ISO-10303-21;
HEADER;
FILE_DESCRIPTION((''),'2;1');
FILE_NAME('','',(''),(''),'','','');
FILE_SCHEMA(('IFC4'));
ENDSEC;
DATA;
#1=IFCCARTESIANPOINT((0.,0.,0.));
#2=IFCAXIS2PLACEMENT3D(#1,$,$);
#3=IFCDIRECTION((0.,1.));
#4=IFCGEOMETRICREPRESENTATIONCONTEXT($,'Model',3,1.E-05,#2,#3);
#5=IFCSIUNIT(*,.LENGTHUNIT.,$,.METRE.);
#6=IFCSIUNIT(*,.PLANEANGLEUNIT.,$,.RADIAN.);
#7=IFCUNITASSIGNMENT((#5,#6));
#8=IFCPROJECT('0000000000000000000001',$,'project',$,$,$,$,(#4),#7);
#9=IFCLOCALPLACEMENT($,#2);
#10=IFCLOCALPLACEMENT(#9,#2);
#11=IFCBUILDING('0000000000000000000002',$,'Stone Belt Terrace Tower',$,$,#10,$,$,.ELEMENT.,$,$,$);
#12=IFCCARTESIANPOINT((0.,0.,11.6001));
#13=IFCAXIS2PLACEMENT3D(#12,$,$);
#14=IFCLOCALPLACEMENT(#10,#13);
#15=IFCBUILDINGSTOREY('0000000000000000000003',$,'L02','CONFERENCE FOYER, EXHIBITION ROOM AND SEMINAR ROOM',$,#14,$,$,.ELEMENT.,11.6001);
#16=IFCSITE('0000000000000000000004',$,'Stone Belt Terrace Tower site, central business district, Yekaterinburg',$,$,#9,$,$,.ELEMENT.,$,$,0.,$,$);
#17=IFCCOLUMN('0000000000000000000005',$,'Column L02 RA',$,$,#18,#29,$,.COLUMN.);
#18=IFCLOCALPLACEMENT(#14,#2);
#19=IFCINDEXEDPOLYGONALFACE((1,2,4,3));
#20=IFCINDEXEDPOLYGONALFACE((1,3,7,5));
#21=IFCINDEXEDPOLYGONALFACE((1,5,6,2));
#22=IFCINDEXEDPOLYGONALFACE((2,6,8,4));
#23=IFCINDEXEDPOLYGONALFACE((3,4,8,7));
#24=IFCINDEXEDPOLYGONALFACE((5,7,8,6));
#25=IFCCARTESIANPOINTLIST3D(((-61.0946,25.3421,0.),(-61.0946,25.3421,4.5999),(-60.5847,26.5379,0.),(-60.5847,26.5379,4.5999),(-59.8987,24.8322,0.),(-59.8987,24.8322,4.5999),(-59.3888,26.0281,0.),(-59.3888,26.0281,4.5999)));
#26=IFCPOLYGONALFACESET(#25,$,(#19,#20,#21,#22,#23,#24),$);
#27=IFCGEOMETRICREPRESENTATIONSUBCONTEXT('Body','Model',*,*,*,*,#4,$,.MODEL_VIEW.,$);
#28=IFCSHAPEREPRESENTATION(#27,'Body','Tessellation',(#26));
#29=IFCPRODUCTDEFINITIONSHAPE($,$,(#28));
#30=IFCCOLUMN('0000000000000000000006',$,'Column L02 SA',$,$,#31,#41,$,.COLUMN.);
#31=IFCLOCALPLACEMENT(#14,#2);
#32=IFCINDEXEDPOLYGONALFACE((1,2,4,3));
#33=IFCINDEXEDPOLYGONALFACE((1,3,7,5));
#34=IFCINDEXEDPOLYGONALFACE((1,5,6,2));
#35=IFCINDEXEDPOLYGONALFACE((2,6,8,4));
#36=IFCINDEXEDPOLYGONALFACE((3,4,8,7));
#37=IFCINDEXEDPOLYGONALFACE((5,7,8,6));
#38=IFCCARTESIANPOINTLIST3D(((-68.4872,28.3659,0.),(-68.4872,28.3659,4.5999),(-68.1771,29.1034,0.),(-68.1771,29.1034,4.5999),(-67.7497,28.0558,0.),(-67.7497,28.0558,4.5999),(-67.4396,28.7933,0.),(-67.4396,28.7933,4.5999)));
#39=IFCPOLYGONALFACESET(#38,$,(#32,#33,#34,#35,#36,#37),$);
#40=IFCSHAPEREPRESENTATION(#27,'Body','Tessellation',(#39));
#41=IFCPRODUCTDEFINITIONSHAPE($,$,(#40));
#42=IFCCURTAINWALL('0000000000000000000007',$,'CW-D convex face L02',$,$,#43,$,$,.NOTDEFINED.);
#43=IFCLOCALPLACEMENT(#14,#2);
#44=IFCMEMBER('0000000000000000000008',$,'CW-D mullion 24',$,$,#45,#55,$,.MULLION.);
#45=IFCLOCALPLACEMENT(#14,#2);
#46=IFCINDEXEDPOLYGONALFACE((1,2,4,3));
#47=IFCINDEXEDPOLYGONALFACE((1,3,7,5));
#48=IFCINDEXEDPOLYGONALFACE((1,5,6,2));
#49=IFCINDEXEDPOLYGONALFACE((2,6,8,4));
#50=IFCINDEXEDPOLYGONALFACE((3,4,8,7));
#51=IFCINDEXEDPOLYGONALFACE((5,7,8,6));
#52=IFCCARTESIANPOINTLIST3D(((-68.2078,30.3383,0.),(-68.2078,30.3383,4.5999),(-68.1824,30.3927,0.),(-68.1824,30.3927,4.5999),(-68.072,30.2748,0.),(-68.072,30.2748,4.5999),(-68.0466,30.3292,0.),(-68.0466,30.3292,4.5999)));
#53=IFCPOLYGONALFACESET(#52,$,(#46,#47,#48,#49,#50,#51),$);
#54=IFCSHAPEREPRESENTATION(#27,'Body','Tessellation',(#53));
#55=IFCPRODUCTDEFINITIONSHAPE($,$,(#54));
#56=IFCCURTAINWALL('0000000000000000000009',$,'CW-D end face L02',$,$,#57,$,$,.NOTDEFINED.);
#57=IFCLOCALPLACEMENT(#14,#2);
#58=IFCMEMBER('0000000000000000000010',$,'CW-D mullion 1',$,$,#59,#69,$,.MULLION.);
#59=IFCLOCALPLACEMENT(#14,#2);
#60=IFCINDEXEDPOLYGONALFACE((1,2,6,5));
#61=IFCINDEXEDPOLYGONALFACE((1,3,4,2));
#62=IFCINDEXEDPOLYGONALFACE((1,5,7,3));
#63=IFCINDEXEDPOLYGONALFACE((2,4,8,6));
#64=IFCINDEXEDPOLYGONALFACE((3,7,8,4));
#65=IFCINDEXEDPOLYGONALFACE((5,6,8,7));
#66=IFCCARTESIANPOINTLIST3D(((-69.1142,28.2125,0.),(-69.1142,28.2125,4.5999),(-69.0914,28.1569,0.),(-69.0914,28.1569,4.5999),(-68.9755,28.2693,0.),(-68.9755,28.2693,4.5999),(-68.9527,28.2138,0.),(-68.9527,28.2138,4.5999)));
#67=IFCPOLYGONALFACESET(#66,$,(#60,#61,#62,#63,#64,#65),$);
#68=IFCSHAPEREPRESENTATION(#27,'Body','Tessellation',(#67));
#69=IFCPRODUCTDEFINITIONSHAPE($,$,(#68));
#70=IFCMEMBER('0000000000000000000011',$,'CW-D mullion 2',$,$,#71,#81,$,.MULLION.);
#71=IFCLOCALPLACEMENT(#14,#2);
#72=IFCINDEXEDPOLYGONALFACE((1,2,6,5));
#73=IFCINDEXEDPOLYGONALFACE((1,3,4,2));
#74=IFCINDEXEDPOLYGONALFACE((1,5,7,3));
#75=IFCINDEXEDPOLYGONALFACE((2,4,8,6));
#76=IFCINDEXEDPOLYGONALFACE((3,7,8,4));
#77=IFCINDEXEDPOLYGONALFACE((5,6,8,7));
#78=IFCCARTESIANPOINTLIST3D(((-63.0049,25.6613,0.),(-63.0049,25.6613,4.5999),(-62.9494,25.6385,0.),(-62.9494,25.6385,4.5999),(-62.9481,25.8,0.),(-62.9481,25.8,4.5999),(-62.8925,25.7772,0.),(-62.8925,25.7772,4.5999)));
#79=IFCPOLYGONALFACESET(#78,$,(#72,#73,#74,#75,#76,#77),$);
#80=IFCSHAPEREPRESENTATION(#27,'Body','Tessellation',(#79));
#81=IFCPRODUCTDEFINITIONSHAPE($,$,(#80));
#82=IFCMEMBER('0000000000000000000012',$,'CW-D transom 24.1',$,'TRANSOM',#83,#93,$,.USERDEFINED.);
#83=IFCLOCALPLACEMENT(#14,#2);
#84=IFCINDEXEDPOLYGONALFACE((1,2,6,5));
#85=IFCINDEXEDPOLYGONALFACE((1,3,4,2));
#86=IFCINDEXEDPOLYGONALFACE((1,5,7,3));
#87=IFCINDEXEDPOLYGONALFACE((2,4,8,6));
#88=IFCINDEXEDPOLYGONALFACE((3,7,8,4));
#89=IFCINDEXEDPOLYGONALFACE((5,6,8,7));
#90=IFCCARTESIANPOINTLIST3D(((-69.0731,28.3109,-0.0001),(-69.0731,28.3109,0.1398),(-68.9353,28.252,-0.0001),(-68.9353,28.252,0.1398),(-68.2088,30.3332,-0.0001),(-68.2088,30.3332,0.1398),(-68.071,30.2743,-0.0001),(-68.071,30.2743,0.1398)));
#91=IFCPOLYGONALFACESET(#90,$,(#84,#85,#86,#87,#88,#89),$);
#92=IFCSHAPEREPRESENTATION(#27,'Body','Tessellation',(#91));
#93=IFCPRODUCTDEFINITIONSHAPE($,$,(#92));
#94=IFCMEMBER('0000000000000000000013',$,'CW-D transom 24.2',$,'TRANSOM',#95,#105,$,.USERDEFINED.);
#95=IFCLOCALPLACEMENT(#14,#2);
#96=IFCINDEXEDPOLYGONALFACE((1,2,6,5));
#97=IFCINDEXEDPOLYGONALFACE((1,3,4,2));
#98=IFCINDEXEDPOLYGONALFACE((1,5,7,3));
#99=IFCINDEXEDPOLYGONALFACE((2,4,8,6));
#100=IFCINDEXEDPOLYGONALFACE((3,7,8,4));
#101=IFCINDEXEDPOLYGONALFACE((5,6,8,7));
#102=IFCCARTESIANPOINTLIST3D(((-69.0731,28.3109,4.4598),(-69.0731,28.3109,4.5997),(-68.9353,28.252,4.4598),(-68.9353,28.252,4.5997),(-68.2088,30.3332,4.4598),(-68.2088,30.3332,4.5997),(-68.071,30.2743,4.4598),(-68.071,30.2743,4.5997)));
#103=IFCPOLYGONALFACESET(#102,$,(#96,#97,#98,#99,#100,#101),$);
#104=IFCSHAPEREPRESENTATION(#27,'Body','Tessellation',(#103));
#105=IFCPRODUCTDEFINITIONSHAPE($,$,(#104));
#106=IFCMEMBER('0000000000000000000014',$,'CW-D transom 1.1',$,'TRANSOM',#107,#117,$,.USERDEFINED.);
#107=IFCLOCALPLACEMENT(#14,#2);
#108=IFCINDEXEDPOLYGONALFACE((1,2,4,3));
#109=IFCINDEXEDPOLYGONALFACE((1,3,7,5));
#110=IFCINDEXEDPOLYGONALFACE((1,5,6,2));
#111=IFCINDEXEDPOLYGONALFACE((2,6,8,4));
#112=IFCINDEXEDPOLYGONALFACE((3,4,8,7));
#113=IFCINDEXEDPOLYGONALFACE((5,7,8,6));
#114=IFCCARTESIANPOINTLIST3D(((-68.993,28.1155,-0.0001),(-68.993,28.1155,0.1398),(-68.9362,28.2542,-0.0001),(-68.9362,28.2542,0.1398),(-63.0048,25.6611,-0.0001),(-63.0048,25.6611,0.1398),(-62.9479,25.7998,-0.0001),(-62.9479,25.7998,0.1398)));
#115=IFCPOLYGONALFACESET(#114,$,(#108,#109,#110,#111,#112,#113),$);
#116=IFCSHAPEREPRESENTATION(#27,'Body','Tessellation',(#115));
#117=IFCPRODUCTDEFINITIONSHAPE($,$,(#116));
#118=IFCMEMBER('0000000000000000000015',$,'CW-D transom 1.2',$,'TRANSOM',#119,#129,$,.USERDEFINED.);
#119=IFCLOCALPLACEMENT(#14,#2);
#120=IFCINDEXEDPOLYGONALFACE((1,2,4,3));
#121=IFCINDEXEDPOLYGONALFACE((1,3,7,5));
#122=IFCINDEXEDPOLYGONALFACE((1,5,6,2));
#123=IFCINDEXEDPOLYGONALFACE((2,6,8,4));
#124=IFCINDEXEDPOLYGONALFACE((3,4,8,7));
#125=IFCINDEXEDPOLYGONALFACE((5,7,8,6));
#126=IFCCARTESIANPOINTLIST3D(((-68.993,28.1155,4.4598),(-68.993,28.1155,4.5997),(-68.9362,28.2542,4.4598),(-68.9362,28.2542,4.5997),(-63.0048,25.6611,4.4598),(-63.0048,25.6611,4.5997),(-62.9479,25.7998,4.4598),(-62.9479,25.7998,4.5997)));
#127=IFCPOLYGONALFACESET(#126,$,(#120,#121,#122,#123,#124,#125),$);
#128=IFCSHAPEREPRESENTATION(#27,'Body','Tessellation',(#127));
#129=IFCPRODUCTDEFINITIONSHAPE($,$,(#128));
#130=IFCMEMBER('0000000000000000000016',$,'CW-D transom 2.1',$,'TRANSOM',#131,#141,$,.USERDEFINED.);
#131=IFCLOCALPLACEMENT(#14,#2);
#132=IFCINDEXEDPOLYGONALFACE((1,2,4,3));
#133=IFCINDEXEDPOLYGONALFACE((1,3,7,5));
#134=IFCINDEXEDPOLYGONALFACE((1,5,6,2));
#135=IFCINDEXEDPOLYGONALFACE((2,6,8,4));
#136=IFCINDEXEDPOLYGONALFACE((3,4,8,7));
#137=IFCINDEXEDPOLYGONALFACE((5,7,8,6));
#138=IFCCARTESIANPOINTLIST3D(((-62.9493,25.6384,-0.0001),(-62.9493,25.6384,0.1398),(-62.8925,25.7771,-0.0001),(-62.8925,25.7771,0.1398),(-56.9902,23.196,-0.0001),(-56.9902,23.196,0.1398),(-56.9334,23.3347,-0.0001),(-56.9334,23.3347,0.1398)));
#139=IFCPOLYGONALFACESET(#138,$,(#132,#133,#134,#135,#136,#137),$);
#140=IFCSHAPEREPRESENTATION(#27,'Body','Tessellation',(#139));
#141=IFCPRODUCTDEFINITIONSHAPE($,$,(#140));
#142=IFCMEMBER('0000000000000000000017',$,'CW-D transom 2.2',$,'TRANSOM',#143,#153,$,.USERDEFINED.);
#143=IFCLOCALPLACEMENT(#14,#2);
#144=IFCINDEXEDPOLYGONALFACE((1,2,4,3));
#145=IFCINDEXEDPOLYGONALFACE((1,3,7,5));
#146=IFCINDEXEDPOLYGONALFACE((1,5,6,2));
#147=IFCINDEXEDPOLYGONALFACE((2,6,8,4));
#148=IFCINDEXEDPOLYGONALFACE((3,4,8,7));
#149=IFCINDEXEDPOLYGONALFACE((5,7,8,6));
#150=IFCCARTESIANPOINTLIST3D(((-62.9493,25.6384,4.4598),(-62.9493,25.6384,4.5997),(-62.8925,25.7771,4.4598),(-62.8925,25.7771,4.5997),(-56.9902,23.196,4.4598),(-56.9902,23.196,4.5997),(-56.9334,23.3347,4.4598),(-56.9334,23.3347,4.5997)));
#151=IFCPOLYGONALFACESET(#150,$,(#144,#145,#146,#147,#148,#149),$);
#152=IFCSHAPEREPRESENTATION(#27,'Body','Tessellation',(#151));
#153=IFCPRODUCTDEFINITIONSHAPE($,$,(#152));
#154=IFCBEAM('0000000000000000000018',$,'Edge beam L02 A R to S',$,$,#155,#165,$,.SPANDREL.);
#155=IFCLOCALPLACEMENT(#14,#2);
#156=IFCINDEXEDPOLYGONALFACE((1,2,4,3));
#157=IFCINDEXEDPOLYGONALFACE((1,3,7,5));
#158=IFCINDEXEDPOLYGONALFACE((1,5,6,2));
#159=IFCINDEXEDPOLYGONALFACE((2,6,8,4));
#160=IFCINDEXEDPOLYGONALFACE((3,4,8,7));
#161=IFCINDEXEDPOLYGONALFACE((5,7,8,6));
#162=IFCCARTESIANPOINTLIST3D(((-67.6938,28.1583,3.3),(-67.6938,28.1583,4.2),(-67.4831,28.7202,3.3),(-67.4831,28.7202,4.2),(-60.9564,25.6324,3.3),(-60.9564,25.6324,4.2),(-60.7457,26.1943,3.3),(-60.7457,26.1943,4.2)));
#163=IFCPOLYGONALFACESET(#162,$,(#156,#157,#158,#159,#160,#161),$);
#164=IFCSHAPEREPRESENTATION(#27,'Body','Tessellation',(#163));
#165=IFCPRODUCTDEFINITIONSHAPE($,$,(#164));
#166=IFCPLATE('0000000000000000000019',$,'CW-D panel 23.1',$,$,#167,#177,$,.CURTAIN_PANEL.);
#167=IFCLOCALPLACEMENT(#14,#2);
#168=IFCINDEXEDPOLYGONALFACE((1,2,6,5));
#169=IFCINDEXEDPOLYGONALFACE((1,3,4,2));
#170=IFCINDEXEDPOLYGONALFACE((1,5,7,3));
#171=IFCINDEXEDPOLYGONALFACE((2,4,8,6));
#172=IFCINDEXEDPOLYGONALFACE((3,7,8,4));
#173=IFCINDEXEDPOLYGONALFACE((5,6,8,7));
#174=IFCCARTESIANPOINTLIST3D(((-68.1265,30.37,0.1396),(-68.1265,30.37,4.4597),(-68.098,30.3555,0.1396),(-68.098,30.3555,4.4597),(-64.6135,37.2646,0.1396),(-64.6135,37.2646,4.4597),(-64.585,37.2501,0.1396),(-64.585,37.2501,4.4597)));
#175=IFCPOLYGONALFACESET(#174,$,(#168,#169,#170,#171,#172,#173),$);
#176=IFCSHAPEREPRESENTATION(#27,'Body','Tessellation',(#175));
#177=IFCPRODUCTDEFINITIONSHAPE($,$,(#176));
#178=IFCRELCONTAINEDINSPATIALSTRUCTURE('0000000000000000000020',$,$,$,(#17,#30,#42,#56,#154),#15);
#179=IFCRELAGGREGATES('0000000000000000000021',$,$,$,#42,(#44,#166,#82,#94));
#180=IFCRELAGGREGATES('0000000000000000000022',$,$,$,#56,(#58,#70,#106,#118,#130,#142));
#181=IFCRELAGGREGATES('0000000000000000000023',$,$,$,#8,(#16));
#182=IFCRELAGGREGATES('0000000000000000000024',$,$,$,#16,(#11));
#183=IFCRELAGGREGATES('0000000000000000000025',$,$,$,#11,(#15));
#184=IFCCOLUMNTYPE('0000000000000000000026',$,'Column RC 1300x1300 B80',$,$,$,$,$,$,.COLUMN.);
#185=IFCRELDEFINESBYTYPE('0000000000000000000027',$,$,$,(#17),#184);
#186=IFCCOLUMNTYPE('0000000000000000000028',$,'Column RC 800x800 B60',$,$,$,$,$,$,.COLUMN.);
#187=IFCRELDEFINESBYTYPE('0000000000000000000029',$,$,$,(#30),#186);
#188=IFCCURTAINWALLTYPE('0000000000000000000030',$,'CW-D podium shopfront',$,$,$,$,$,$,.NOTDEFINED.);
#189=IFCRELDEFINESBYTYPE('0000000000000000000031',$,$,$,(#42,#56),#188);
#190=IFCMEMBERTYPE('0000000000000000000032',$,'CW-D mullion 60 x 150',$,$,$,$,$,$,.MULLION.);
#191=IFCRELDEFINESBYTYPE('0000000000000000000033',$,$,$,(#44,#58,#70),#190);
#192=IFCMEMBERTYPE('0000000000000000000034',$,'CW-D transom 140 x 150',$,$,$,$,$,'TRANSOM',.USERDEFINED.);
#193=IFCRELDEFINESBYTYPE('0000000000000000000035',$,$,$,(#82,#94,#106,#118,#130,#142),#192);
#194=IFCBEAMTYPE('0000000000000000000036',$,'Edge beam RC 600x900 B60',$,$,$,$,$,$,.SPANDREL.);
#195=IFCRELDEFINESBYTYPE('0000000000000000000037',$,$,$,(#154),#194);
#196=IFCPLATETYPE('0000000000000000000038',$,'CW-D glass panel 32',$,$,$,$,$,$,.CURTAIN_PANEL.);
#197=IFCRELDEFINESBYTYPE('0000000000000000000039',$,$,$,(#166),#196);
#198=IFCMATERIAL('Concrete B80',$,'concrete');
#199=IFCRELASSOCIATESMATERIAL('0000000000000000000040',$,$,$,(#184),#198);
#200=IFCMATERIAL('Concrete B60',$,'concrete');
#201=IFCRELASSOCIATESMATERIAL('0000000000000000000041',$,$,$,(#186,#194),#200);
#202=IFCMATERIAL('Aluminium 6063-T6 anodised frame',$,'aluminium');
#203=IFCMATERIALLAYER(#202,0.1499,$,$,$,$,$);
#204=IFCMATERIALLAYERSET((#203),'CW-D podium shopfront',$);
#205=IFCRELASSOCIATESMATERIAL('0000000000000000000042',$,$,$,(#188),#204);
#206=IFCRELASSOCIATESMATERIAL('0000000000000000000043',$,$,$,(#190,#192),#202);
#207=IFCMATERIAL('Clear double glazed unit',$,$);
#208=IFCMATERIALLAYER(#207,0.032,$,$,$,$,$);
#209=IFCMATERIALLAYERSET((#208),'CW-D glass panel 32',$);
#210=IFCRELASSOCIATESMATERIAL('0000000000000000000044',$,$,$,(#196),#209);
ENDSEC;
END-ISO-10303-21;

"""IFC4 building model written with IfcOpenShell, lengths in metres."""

from ifc_helpers import new_model, si_unit, direction, frame, origin, origin_2d, place, context, subcontext, project, spatial, rectangle, extrude, material, layer, layer_set, material_profile, profile_set, type_object, element, aggregate, save


model = new_model("IFC4")

# Units and contexts
model_context = context("Model", 3, precision=1e-05, world=origin(), true_north=direction((0.0, 1.0)))
body_context = subcontext(model_context, "Body", "Model", "MODEL_VIEW")
ifc_project = project(units=[si_unit("LENGTHUNIT", "METRE"), si_unit("PLANEANGLEUNIT", "RADIAN")], contexts=[model_context])

# Site, building, storey
site_placement = place(None, origin())
site = spatial("IfcSite", under=ifc_project, at=site_placement, Name="Stone Belt Terrace Tower site, central business district, Yekaterinburg", CompositionType="ELEMENT", RefElevation=0.0)
building_placement = place(site_placement, origin())
building = spatial("IfcBuilding", under=site, at=building_placement, Name="Stone Belt Terrace Tower", CompositionType="ELEMENT")
storey_placement = place(building_placement, frame((0.0, 0.0, 11.6001)))
storey = spatial("IfcBuildingStorey", under=building, at=storey_placement, Name="L02", Description="CONFERENCE FOYER, EXHIBITION ROOM AND SEMINAR ROOM", CompositionType="ELEMENT", Elevation=11.6001)

# Columns
ifc_material_1 = material(Name="Concrete B80", Category="concrete")
ifc_material_profile_1 = material_profile(ifc_material_1, rectangle(XDim=1.3, YDim=1.3, at=origin_2d()), Name="RC 1300x1300")
ifc_profile_set_1 = profile_set([ifc_material_profile_1], Name="Concrete B80")
column_type_1 = type_object("IfcColumnType", Name="Column RC 1300x1300 B80", PredefinedType="COLUMN", material=ifc_profile_set_1)
column_1_placement = place(storey_placement, frame((-60.2417, 25.6851, 0.0), z_axis=(0.0, 0.0, 1.0), x_axis=(0.392204, 0.919878, 0.0)))
element("IfcColumn", 1, at=column_1_placement, inside=storey, type_object=column_type_1, Name="Column L02 RA", PredefinedType="COLUMN", context=body_context, shape_type="SweptSolid", body=[
    extrude(rectangle(XDim=1.3, YDim=1.3, at=origin_2d()), origin(), (0.0, 0.0, 1.0), 4.5999),
])
ifc_material_2 = material(Name="Concrete B60", Category="concrete")
ifc_material_profile_2 = material_profile(ifc_material_2, rectangle(XDim=0.8, YDim=0.8, at=origin_2d()), Name="RC 800x800")
ifc_profile_set_2 = profile_set([ifc_material_profile_2], Name="Concrete B60")
column_type_2 = type_object("IfcColumnType", Name="Column RC 800x800 B60", PredefinedType="COLUMN", material=ifc_profile_set_2)
column_2_placement = place(storey_placement, frame((-67.9634, 28.5796, 0.0), z_axis=(0.0, 0.0, 1.0), x_axis=(0.387636, 0.921812, 0.0)))
element("IfcColumn", 2, at=column_2_placement, inside=storey, type_object=column_type_2, Name="Column L02 SA", PredefinedType="COLUMN", context=body_context, shape_type="SweptSolid", body=[
    extrude(rectangle(XDim=0.8, YDim=0.8, at=origin_2d()), origin(), (0.0, 0.0, 1.0), 4.5999),
])

# Curtain wall, member
ifc_material_3 = material(Name="Aluminium 6063-T6 anodised frame", Category="aluminium")
ifc_layer_1 = layer(ifc_material_3, 0.1499)
ifc_layer_set_1 = layer_set([ifc_layer_1], Name="CW-D podium shopfront")
curtain_wall_type = type_object("IfcCurtainWallType", Name="CW-D podium shopfront", PredefinedType="NOTDEFINED", material=ifc_layer_set_1)
curtain_wall_1_placement = place(storey_placement, origin())
curtain_wall_1 = element("IfcCurtainWall", 3, at=curtain_wall_1_placement, inside=storey, type_object=curtain_wall_type, Name="CW-D convex face L02", PredefinedType="NOTDEFINED")
ifc_material_profile_3 = material_profile(ifc_material_3, rectangle(XDim=0.1499, YDim=0.0601, at=origin_2d()), Name="Aluminium 6063-T6 60x150")
ifc_profile_set_3 = profile_set([ifc_material_profile_3], Name="Aluminium 6063-T6 anodised frame")
member_type_1 = type_object("IfcMemberType", Name="CW-D mullion 60 x 150", PredefinedType="MULLION", material=ifc_profile_set_3)
member_1_placement = place(storey_placement, frame((-68.1272, 30.3337, 0.0), z_axis=(0.0, 0.0, 1.0), x_axis=(0.905778, -0.423752, 0.0)))
member_1 = element("IfcMember", 4, at=member_1_placement, type_object=member_type_1, Name="CW-D mullion 24", PredefinedType="MULLION", context=body_context, shape_type="SweptSolid", body=[
    extrude(rectangle(XDim=0.1499, YDim=0.0601, at=origin_2d()), origin(), (0.0, 0.0, 1.0), 4.5999),
])

# Curtain wall, members
curtain_wall_2_placement = place(storey_placement, origin())
curtain_wall_2 = element("IfcCurtainWall", 5, at=curtain_wall_2_placement, inside=storey, type_object=curtain_wall_type, Name="CW-D end face L02", PredefinedType="NOTDEFINED")
member_2_placement = place(storey_placement, frame((-69.0334, 28.2131, 0.0), z_axis=(0.0, 0.0, 1.0), x_axis=(0.92531, 0.379212, 0.0)))
member_2 = element("IfcMember", 6, at=member_2_placement, type_object=member_type_1, Name="CW-D mullion 1", PredefinedType="MULLION", context=body_context, shape_type="SweptSolid", body=[
    extrude(rectangle(XDim=0.1499, YDim=0.0601, at=origin_2d()), origin(), (0.0, 0.0, 1.0), 4.5999),
])
member_3_placement = place(storey_placement, frame((-62.9487, 25.7192, 0.0), z_axis=(0.0, 0.0, 1.0), x_axis=(0.379243, 0.925297, 0.0)))
member_3 = element("IfcMember", 7, at=member_3_placement, type_object=member_type_1, Name="CW-D mullion 2", PredefinedType="MULLION", context=body_context, shape_type="SweptSolid", body=[
    extrude(rectangle(XDim=0.1499, YDim=0.0601, at=origin_2d()), origin(), (0.0, 0.0, 1.0), 4.5999),
])

# Members
ifc_material_profile_4 = material_profile(ifc_material_3, rectangle(XDim=0.1499, YDim=0.1399, at=origin_2d()), Name="Aluminium 6063-T6 150x140")
ifc_profile_set_4 = profile_set([ifc_material_profile_4], Name="Aluminium 6063-T6 anodised frame")
member_type_2 = type_object("IfcMemberType", Name="CW-D transom 140 x 150", ElementType="TRANSOM", PredefinedType="USERDEFINED", material=ifc_profile_set_4)
member_4_placement = place(storey_placement, frame((-68.1399, 30.3037, 0.0698), z_axis=(-0.392995, -0.919541, 0.0), x_axis=(0.919541, -0.392995, 0.0)))
member_4 = element("IfcMember", 8, at=member_4_placement, type_object=member_type_2, Name="CW-D transom 24.1", ObjectType="TRANSOM", PredefinedType="USERDEFINED", context=body_context, shape_type="SweptSolid", body=[
    extrude(rectangle(XDim=0.1499, YDim=0.1399, at=origin_2d()), origin(), (0.0, 0.0, 1.0), 2.1992),
])
member_5_placement = place(storey_placement, frame((-68.1399, 30.3037, 4.5298), z_axis=(-0.392995, -0.919541, 0.0), x_axis=(0.919541, -0.392995, 0.0)))
member_5 = element("IfcMember", 9, at=member_5_placement, type_object=member_type_2, Name="CW-D transom 24.2", ObjectType="TRANSOM", PredefinedType="USERDEFINED", context=body_context, shape_type="SweptSolid", body=[
    extrude(rectangle(XDim=0.1499, YDim=0.1399, at=origin_2d()), origin(), (0.0, 0.0, 1.0), 2.1992),
])
member_6_placement = place(storey_placement, frame((-68.9646, 28.1848, 0.0698), z_axis=(0.925298, -0.379241, 0.0), x_axis=(0.379241, 0.925298, 0.0)))
member_6 = element("IfcMember", 10, at=member_6_placement, type_object=member_type_2, Name="CW-D transom 1.1", ObjectType="TRANSOM", PredefinedType="USERDEFINED", context=body_context, shape_type="SweptSolid", body=[
    extrude(rectangle(XDim=0.1499, YDim=0.1399, at=origin_2d()), origin(), (0.0, 0.0, 1.0), 6.4717),
])
member_7_placement = place(storey_placement, frame((-68.9646, 28.1848, 4.5298), z_axis=(0.925298, -0.379241, 0.0), x_axis=(0.379241, 0.925298, 0.0)))
member_7 = element("IfcMember", 11, at=member_7_placement, type_object=member_type_2, Name="CW-D transom 1.2", ObjectType="TRANSOM", PredefinedType="USERDEFINED", context=body_context, shape_type="SweptSolid", body=[
    extrude(rectangle(XDim=0.1499, YDim=0.1399, at=origin_2d()), origin(), (0.0, 0.0, 1.0), 6.4717),
])
member_8_placement = place(storey_placement, frame((-62.9209, 25.7078, 0.0698), z_axis=(0.925296, -0.379247, 0.0), x_axis=(0.379247, 0.925296, 0.0)))
member_8 = element("IfcMember", 12, at=member_8_placement, type_object=member_type_2, Name="CW-D transom 2.1", ObjectType="TRANSOM", PredefinedType="USERDEFINED", context=body_context, shape_type="SweptSolid", body=[
    extrude(rectangle(XDim=0.1499, YDim=0.1399, at=origin_2d()), origin(), (0.0, 0.0, 1.0), 6.4402),
])
member_9_placement = place(storey_placement, frame((-62.9209, 25.7078, 4.5298), z_axis=(0.925296, -0.379247, 0.0), x_axis=(0.379247, 0.925296, 0.0)))
member_9 = element("IfcMember", 13, at=member_9_placement, type_object=member_type_2, Name="CW-D transom 2.2", ObjectType="TRANSOM", PredefinedType="USERDEFINED", context=body_context, shape_type="SweptSolid", body=[
    extrude(rectangle(XDim=0.1499, YDim=0.1399, at=origin_2d()), origin(), (0.0, 0.0, 1.0), 6.4402),
])

# Beam
ifc_material_profile_5 = material_profile(ifc_material_2, rectangle(XDim=0.6001, YDim=0.8999, at=origin_2d()), Name="RC 600x900")
ifc_profile_set_5 = profile_set([ifc_material_profile_5], Name="Concrete B60")
beam_type = type_object("IfcBeamType", Name="Edge beam RC 600x900 B60", PredefinedType="SPANDREL", material=ifc_profile_set_5)
beam_placement = place(storey_placement, frame((-60.8511, 25.9133, 3.75), z_axis=(-0.936357, 0.351049, 0.0), x_axis=(-0.351049, -0.936357, 0.0)))
element("IfcBeam", 14, at=beam_placement, inside=storey, type_object=beam_type, Name="Edge beam L02 A R to S", PredefinedType="SPANDREL", context=body_context, shape_type="SweptSolid", body=[
    extrude(rectangle(XDim=0.6001, YDim=0.8999, at=origin_2d()), origin(), (0.0, 0.0, 1.0), 7.1953),
])

# Plate
ifc_material_4 = material(Name="Clear double glazed unit")
ifc_layer_2 = layer(ifc_material_4, 0.032)
ifc_layer_set_2 = layer_set([ifc_layer_2], Name="CW-D glass panel 32")
plate_type = type_object("IfcPlateType", Name="CW-D glass panel 32", PredefinedType="CURTAIN_PANEL", material=ifc_layer_set_2)
plate_1_placement = place(storey_placement, frame((-66.3557, 33.8101, 0.1396), z_axis=(0.0, 0.0, 1.0), x_axis=(-0.45399, -0.891007, 0.0)))
plate_1 = element("IfcPlate", 15, at=plate_1_placement, type_object=plate_type, Name="CW-D panel 23.1", PredefinedType="CURTAIN_PANEL", context=body_context, shape_type="SweptSolid", body=[
    extrude(rectangle(XDim=7.738, YDim=0.032, at=origin_2d()), origin(), (0.0, 0.0, 1.0), 4.3201),
])
aggregate(curtain_wall_1, [member_1, plate_1, member_4, member_5])
aggregate(curtain_wall_2, [member_2, member_3, member_6, member_7, member_8, member_9])

save(model, "model.ifc")
